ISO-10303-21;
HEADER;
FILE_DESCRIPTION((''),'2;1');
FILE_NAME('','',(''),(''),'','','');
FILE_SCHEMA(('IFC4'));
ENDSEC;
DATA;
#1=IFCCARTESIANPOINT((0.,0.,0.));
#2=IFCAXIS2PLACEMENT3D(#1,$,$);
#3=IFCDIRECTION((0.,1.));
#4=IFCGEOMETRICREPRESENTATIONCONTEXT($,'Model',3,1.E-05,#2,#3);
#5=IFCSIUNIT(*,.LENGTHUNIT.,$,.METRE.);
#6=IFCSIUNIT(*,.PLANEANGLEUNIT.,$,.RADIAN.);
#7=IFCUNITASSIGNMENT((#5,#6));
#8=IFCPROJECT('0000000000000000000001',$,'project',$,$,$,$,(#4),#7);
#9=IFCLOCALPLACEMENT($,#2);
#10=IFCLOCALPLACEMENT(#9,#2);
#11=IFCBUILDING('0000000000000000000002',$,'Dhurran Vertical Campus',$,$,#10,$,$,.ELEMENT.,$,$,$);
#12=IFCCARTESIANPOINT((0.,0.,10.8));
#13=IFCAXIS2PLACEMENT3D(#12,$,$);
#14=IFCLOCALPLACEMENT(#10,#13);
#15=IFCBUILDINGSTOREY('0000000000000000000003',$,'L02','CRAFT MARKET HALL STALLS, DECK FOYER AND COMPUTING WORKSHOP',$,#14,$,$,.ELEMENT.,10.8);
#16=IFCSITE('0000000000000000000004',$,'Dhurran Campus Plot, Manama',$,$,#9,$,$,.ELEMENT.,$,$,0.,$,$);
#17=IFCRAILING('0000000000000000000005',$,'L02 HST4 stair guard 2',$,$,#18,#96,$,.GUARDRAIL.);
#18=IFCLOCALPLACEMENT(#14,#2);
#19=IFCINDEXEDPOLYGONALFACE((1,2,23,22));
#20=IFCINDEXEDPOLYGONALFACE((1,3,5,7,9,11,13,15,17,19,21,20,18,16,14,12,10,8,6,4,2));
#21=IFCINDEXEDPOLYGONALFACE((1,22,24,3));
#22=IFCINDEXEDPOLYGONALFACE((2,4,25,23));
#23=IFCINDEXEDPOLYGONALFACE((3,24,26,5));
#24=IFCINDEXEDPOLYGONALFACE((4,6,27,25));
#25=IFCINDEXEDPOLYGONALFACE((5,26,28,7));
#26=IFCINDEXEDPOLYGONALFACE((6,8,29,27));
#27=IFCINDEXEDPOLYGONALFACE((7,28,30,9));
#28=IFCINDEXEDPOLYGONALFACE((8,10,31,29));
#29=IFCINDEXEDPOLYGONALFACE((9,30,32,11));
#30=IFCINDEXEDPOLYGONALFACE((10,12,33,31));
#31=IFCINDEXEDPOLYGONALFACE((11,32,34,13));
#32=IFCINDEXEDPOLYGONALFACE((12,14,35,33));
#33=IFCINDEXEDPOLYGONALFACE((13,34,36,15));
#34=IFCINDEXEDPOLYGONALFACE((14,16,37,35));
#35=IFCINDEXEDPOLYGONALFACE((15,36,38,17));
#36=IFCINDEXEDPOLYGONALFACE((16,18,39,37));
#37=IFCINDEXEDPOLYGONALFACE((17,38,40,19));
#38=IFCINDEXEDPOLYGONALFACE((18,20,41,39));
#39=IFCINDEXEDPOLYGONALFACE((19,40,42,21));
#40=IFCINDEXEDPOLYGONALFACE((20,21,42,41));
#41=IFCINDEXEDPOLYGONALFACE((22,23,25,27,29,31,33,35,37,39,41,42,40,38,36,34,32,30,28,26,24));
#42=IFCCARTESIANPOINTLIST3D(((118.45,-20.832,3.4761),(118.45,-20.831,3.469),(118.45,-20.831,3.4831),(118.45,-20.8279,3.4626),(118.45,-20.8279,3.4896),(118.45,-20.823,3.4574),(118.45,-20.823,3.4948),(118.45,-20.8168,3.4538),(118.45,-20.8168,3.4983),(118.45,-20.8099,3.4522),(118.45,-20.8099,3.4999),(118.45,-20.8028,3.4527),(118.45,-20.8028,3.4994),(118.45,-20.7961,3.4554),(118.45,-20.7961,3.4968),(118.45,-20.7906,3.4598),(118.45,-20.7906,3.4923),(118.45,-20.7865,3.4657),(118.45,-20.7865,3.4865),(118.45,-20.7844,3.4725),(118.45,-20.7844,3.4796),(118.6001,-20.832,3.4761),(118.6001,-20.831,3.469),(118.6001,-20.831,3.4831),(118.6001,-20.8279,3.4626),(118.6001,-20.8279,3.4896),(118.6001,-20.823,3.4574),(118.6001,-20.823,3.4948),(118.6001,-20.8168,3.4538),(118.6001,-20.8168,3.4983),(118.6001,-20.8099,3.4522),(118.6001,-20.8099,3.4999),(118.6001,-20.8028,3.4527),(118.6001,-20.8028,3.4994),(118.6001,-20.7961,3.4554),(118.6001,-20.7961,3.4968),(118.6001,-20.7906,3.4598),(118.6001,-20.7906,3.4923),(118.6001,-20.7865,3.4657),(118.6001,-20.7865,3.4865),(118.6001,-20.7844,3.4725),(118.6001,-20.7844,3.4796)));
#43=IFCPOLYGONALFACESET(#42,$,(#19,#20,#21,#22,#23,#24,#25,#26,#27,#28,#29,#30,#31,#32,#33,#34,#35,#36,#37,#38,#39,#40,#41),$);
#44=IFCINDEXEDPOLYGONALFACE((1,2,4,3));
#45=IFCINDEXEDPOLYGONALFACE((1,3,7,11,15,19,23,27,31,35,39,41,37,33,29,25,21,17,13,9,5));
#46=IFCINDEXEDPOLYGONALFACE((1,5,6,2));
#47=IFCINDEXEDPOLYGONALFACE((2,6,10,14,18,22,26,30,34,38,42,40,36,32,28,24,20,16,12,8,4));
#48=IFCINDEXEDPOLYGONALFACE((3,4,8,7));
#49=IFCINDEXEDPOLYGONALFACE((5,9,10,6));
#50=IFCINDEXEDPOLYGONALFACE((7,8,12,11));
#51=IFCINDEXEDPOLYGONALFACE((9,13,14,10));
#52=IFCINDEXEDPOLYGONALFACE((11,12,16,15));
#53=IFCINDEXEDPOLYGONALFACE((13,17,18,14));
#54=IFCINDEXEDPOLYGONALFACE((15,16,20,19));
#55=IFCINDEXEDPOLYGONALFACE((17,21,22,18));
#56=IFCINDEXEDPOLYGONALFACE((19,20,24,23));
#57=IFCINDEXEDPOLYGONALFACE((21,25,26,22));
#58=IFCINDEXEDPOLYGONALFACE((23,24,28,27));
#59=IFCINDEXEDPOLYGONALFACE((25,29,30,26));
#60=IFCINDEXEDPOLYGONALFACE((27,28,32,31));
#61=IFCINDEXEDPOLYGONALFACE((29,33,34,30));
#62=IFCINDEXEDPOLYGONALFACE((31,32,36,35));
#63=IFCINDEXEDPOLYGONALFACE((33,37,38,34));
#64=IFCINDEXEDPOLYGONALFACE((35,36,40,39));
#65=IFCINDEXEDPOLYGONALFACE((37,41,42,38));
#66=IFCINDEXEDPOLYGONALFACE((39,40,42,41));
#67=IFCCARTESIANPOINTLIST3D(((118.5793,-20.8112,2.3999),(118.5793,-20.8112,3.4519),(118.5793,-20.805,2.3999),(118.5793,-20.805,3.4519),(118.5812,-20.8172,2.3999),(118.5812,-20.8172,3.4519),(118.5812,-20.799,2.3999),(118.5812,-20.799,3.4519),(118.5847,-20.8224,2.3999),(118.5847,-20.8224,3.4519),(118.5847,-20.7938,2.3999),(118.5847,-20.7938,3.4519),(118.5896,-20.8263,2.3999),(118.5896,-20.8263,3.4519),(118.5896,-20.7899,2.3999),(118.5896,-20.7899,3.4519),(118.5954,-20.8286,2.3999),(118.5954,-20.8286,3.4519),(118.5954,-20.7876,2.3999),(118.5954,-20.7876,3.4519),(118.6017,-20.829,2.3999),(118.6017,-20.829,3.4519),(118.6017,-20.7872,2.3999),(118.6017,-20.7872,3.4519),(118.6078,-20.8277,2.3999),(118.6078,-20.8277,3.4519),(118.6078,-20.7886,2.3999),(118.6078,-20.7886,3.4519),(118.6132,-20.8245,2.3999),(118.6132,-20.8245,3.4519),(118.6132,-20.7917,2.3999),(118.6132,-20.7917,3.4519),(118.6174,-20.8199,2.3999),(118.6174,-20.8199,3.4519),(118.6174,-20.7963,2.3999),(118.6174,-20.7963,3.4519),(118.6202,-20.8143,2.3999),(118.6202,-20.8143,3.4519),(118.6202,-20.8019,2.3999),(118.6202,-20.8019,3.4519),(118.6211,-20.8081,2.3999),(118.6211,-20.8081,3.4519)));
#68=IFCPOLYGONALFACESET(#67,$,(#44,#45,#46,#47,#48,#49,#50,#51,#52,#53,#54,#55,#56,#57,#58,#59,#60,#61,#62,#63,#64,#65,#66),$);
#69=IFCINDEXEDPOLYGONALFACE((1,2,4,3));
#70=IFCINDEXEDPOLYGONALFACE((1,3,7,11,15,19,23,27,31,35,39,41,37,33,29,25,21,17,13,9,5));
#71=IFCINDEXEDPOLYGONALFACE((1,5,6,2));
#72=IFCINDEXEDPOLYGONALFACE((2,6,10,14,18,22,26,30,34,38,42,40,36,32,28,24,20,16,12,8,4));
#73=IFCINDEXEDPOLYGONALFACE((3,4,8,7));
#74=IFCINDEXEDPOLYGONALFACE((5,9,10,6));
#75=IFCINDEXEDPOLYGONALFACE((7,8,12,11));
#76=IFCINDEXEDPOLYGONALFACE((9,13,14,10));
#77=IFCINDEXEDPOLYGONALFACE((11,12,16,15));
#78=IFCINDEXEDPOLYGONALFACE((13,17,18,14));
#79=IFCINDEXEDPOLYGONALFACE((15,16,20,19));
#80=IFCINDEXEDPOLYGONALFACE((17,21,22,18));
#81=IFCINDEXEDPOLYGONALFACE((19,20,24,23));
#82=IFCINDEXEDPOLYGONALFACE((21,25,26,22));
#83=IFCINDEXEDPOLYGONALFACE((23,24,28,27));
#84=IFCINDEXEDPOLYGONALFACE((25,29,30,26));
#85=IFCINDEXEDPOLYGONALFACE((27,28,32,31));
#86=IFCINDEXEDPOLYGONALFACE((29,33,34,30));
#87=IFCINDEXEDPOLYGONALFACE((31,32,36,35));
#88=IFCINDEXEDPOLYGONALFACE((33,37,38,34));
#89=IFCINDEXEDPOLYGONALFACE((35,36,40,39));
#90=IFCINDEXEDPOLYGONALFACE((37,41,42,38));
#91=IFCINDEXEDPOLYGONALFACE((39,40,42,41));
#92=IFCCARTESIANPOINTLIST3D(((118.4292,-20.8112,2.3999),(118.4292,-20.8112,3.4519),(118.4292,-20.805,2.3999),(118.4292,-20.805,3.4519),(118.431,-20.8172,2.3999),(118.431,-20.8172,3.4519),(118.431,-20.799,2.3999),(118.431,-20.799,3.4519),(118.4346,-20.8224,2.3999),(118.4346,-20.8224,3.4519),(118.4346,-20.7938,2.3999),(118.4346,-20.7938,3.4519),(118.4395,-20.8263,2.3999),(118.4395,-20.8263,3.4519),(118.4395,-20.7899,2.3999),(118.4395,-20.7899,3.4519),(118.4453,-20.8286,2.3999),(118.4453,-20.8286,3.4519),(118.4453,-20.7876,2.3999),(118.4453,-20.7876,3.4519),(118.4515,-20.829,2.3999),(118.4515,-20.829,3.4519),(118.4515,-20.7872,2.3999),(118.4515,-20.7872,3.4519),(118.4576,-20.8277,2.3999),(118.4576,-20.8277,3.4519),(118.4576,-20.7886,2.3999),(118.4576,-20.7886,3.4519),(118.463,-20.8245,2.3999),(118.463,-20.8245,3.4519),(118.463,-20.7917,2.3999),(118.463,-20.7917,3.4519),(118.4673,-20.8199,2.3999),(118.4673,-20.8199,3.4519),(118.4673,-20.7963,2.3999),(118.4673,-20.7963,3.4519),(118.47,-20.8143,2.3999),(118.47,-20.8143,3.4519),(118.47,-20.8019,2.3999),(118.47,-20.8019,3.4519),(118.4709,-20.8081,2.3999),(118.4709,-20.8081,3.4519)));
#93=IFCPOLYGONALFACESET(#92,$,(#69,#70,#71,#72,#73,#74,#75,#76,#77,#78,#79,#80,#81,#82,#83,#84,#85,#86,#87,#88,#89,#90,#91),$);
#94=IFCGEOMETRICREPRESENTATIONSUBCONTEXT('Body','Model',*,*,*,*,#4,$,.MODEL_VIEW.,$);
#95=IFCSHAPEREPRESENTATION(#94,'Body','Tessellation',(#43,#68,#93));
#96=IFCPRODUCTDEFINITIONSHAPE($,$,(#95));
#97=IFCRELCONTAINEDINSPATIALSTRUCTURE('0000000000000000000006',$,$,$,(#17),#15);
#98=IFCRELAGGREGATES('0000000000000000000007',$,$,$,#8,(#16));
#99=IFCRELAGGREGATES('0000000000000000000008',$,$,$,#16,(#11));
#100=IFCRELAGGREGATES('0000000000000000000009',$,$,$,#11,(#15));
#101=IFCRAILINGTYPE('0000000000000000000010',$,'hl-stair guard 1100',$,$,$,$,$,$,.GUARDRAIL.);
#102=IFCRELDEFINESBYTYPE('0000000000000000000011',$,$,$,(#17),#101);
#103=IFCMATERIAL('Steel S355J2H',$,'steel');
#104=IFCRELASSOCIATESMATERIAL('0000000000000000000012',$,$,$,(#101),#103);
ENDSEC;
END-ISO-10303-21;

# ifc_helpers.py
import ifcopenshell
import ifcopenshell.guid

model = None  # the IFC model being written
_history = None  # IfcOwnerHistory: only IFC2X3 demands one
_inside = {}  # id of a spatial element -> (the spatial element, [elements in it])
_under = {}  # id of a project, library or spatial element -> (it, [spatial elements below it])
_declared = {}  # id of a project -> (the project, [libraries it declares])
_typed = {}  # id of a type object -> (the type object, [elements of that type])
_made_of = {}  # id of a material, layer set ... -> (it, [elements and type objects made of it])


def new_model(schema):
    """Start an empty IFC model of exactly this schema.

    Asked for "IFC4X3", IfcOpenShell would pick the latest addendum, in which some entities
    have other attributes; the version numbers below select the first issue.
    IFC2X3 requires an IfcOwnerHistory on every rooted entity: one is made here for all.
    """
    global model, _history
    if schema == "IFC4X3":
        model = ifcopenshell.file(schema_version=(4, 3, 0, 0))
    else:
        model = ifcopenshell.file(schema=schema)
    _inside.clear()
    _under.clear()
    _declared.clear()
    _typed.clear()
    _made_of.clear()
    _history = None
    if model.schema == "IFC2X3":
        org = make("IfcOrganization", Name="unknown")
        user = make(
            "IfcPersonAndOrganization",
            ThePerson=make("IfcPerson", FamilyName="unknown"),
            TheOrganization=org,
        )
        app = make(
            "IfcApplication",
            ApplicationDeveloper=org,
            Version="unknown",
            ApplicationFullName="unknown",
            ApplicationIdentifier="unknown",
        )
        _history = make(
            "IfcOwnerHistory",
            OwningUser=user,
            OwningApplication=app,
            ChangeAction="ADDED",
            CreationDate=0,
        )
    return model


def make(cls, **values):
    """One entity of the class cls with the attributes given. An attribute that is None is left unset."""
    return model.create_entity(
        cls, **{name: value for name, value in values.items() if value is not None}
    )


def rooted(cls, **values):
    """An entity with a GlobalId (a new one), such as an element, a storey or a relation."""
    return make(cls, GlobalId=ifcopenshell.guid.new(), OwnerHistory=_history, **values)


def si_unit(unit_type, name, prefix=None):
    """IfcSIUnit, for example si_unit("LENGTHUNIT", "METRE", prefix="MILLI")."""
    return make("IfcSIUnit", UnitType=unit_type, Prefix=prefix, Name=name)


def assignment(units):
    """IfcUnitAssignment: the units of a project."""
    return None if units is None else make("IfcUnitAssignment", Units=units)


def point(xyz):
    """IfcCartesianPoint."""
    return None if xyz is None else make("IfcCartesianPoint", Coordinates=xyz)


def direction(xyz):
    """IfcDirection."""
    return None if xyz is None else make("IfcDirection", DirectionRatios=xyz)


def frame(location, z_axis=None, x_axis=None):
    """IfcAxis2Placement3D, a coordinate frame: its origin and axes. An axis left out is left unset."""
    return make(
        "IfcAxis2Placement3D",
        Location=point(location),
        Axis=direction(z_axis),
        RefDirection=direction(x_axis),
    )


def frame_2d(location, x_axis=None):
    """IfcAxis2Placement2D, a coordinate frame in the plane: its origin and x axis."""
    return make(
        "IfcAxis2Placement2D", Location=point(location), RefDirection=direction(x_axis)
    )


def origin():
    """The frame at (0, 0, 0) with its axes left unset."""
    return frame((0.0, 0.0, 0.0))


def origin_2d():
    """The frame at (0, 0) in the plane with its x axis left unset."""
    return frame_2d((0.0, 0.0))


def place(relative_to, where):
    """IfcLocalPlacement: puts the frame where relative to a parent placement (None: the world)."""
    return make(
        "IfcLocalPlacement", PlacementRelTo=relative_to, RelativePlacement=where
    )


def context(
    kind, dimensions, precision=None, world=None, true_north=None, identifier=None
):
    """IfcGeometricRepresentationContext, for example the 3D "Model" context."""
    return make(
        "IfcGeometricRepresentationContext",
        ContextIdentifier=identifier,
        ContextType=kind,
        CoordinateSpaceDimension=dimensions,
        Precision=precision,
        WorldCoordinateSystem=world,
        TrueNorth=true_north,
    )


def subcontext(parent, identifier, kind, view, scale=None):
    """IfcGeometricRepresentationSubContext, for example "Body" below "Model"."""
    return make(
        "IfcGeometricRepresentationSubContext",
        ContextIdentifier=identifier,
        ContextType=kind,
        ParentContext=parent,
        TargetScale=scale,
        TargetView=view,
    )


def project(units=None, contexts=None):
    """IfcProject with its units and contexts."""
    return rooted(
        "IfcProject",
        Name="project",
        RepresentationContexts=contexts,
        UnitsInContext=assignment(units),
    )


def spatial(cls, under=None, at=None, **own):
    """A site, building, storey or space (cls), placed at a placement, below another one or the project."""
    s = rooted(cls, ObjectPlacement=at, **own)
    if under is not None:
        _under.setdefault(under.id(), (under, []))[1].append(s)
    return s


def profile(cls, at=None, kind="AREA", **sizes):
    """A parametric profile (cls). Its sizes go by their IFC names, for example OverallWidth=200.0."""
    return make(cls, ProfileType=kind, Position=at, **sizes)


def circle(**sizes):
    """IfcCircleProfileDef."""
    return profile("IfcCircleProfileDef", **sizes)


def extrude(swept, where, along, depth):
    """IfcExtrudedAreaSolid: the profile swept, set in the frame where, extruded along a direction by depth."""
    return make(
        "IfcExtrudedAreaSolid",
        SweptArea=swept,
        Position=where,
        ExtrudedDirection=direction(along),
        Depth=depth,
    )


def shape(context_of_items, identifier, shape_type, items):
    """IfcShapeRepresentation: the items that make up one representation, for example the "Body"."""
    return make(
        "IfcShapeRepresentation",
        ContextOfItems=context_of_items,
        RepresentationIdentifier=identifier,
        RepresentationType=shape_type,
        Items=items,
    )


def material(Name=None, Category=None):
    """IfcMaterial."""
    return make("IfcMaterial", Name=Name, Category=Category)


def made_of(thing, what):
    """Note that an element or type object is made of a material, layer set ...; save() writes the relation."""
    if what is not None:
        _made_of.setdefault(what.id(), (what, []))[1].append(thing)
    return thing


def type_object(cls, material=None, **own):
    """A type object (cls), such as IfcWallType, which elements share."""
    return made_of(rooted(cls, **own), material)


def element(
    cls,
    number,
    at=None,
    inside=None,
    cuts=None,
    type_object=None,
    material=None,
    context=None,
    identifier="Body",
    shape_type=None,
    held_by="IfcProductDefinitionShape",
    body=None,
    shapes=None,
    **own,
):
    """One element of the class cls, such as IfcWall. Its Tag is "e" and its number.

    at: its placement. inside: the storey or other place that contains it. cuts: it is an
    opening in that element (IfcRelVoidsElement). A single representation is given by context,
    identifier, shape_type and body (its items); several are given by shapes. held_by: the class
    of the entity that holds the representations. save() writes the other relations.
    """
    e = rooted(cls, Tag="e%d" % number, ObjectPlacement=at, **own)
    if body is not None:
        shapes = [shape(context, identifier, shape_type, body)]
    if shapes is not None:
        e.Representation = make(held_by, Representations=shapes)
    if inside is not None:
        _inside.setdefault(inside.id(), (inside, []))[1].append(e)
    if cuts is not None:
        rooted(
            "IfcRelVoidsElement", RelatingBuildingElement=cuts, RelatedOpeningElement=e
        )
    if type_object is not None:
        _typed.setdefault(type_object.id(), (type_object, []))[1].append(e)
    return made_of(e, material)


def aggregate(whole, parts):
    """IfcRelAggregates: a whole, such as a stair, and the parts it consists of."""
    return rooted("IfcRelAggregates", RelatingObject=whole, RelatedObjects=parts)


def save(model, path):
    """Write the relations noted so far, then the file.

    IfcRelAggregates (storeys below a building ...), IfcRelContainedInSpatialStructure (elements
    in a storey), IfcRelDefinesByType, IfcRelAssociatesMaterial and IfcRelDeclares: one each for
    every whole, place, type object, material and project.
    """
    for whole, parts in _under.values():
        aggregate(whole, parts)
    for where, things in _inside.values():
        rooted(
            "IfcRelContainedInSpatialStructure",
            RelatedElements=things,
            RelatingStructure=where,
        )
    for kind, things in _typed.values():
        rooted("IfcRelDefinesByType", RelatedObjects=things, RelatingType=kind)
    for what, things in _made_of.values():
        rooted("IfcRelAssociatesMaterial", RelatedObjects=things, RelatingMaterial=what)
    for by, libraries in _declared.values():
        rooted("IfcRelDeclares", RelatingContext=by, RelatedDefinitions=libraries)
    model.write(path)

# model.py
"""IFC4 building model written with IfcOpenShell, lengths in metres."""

from ifc_helpers import new_model, si_unit, direction, frame, origin, origin_2d, place, context, subcontext, project, spatial, circle, extrude, material, type_object, element, save


model = new_model("IFC4")

# Units and contexts
model_context = context("Model", 3, precision=1e-05, world=origin(), true_north=direction((0.0, 1.0)))
body_context = subcontext(model_context, "Body", "Model", "MODEL_VIEW")
ifc_project = project(units=[si_unit("LENGTHUNIT", "METRE"), si_unit("PLANEANGLEUNIT", "RADIAN")], contexts=[model_context])

# Site, building, storey
site_placement = place(None, origin())
site = spatial("IfcSite", under=ifc_project, at=site_placement, Name="Dhurran Campus Plot, Manama", CompositionType="ELEMENT", RefElevation=0.0)
building_placement = place(site_placement, origin())
building = spatial("IfcBuilding", under=site, at=building_placement, Name="Dhurran Vertical Campus", CompositionType="ELEMENT")
storey_placement = place(building_placement, frame((0.0, 0.0, 10.8)))
storey = spatial("IfcBuildingStorey", under=building, at=storey_placement, Name="L02", Description="CRAFT MARKET HALL STALLS, DECK FOYER AND COMPUTING WORKSHOP", CompositionType="ELEMENT", Elevation=10.8)

# Railing
ifc_material_1 = material(Name="Steel S355J2H", Category="steel")
railing_type_1 = type_object("IfcRailingType", Name="hl-stair guard 1100", PredefinedType="GUARDRAIL", material=ifc_material_1)
railing_1_placement = place(storey_placement, frame((118.6001, -20.8081, 2.3999)))
element("IfcRailing", 1, at=railing_1_placement, inside=storey, type_object=railing_type_1, Name="L02 HST4 stair guard 2", PredefinedType="GUARDRAIL", context=body_context, shape_type="SweptSolid", body=[
    extrude(circle(Radius=0.0239, at=origin_2d()), frame((0.0, 0.0, 1.0762), z_axis=(-1.0, 0.0, 0.0), x_axis=(0.0, -1.0, 0.0)), (0.0, 0.0, 1.0), 0.1501),
    extrude(circle(Radius=0.021, at=origin_2d()), origin(), (0.0, 0.0, 1.0), 1.052),
    extrude(circle(Radius=0.021, at=origin_2d()), frame((-0.1501, 0.0, 0.0)), (0.0, 0.0, 1.0), 1.052),
])

save(model, "model.ifc")
